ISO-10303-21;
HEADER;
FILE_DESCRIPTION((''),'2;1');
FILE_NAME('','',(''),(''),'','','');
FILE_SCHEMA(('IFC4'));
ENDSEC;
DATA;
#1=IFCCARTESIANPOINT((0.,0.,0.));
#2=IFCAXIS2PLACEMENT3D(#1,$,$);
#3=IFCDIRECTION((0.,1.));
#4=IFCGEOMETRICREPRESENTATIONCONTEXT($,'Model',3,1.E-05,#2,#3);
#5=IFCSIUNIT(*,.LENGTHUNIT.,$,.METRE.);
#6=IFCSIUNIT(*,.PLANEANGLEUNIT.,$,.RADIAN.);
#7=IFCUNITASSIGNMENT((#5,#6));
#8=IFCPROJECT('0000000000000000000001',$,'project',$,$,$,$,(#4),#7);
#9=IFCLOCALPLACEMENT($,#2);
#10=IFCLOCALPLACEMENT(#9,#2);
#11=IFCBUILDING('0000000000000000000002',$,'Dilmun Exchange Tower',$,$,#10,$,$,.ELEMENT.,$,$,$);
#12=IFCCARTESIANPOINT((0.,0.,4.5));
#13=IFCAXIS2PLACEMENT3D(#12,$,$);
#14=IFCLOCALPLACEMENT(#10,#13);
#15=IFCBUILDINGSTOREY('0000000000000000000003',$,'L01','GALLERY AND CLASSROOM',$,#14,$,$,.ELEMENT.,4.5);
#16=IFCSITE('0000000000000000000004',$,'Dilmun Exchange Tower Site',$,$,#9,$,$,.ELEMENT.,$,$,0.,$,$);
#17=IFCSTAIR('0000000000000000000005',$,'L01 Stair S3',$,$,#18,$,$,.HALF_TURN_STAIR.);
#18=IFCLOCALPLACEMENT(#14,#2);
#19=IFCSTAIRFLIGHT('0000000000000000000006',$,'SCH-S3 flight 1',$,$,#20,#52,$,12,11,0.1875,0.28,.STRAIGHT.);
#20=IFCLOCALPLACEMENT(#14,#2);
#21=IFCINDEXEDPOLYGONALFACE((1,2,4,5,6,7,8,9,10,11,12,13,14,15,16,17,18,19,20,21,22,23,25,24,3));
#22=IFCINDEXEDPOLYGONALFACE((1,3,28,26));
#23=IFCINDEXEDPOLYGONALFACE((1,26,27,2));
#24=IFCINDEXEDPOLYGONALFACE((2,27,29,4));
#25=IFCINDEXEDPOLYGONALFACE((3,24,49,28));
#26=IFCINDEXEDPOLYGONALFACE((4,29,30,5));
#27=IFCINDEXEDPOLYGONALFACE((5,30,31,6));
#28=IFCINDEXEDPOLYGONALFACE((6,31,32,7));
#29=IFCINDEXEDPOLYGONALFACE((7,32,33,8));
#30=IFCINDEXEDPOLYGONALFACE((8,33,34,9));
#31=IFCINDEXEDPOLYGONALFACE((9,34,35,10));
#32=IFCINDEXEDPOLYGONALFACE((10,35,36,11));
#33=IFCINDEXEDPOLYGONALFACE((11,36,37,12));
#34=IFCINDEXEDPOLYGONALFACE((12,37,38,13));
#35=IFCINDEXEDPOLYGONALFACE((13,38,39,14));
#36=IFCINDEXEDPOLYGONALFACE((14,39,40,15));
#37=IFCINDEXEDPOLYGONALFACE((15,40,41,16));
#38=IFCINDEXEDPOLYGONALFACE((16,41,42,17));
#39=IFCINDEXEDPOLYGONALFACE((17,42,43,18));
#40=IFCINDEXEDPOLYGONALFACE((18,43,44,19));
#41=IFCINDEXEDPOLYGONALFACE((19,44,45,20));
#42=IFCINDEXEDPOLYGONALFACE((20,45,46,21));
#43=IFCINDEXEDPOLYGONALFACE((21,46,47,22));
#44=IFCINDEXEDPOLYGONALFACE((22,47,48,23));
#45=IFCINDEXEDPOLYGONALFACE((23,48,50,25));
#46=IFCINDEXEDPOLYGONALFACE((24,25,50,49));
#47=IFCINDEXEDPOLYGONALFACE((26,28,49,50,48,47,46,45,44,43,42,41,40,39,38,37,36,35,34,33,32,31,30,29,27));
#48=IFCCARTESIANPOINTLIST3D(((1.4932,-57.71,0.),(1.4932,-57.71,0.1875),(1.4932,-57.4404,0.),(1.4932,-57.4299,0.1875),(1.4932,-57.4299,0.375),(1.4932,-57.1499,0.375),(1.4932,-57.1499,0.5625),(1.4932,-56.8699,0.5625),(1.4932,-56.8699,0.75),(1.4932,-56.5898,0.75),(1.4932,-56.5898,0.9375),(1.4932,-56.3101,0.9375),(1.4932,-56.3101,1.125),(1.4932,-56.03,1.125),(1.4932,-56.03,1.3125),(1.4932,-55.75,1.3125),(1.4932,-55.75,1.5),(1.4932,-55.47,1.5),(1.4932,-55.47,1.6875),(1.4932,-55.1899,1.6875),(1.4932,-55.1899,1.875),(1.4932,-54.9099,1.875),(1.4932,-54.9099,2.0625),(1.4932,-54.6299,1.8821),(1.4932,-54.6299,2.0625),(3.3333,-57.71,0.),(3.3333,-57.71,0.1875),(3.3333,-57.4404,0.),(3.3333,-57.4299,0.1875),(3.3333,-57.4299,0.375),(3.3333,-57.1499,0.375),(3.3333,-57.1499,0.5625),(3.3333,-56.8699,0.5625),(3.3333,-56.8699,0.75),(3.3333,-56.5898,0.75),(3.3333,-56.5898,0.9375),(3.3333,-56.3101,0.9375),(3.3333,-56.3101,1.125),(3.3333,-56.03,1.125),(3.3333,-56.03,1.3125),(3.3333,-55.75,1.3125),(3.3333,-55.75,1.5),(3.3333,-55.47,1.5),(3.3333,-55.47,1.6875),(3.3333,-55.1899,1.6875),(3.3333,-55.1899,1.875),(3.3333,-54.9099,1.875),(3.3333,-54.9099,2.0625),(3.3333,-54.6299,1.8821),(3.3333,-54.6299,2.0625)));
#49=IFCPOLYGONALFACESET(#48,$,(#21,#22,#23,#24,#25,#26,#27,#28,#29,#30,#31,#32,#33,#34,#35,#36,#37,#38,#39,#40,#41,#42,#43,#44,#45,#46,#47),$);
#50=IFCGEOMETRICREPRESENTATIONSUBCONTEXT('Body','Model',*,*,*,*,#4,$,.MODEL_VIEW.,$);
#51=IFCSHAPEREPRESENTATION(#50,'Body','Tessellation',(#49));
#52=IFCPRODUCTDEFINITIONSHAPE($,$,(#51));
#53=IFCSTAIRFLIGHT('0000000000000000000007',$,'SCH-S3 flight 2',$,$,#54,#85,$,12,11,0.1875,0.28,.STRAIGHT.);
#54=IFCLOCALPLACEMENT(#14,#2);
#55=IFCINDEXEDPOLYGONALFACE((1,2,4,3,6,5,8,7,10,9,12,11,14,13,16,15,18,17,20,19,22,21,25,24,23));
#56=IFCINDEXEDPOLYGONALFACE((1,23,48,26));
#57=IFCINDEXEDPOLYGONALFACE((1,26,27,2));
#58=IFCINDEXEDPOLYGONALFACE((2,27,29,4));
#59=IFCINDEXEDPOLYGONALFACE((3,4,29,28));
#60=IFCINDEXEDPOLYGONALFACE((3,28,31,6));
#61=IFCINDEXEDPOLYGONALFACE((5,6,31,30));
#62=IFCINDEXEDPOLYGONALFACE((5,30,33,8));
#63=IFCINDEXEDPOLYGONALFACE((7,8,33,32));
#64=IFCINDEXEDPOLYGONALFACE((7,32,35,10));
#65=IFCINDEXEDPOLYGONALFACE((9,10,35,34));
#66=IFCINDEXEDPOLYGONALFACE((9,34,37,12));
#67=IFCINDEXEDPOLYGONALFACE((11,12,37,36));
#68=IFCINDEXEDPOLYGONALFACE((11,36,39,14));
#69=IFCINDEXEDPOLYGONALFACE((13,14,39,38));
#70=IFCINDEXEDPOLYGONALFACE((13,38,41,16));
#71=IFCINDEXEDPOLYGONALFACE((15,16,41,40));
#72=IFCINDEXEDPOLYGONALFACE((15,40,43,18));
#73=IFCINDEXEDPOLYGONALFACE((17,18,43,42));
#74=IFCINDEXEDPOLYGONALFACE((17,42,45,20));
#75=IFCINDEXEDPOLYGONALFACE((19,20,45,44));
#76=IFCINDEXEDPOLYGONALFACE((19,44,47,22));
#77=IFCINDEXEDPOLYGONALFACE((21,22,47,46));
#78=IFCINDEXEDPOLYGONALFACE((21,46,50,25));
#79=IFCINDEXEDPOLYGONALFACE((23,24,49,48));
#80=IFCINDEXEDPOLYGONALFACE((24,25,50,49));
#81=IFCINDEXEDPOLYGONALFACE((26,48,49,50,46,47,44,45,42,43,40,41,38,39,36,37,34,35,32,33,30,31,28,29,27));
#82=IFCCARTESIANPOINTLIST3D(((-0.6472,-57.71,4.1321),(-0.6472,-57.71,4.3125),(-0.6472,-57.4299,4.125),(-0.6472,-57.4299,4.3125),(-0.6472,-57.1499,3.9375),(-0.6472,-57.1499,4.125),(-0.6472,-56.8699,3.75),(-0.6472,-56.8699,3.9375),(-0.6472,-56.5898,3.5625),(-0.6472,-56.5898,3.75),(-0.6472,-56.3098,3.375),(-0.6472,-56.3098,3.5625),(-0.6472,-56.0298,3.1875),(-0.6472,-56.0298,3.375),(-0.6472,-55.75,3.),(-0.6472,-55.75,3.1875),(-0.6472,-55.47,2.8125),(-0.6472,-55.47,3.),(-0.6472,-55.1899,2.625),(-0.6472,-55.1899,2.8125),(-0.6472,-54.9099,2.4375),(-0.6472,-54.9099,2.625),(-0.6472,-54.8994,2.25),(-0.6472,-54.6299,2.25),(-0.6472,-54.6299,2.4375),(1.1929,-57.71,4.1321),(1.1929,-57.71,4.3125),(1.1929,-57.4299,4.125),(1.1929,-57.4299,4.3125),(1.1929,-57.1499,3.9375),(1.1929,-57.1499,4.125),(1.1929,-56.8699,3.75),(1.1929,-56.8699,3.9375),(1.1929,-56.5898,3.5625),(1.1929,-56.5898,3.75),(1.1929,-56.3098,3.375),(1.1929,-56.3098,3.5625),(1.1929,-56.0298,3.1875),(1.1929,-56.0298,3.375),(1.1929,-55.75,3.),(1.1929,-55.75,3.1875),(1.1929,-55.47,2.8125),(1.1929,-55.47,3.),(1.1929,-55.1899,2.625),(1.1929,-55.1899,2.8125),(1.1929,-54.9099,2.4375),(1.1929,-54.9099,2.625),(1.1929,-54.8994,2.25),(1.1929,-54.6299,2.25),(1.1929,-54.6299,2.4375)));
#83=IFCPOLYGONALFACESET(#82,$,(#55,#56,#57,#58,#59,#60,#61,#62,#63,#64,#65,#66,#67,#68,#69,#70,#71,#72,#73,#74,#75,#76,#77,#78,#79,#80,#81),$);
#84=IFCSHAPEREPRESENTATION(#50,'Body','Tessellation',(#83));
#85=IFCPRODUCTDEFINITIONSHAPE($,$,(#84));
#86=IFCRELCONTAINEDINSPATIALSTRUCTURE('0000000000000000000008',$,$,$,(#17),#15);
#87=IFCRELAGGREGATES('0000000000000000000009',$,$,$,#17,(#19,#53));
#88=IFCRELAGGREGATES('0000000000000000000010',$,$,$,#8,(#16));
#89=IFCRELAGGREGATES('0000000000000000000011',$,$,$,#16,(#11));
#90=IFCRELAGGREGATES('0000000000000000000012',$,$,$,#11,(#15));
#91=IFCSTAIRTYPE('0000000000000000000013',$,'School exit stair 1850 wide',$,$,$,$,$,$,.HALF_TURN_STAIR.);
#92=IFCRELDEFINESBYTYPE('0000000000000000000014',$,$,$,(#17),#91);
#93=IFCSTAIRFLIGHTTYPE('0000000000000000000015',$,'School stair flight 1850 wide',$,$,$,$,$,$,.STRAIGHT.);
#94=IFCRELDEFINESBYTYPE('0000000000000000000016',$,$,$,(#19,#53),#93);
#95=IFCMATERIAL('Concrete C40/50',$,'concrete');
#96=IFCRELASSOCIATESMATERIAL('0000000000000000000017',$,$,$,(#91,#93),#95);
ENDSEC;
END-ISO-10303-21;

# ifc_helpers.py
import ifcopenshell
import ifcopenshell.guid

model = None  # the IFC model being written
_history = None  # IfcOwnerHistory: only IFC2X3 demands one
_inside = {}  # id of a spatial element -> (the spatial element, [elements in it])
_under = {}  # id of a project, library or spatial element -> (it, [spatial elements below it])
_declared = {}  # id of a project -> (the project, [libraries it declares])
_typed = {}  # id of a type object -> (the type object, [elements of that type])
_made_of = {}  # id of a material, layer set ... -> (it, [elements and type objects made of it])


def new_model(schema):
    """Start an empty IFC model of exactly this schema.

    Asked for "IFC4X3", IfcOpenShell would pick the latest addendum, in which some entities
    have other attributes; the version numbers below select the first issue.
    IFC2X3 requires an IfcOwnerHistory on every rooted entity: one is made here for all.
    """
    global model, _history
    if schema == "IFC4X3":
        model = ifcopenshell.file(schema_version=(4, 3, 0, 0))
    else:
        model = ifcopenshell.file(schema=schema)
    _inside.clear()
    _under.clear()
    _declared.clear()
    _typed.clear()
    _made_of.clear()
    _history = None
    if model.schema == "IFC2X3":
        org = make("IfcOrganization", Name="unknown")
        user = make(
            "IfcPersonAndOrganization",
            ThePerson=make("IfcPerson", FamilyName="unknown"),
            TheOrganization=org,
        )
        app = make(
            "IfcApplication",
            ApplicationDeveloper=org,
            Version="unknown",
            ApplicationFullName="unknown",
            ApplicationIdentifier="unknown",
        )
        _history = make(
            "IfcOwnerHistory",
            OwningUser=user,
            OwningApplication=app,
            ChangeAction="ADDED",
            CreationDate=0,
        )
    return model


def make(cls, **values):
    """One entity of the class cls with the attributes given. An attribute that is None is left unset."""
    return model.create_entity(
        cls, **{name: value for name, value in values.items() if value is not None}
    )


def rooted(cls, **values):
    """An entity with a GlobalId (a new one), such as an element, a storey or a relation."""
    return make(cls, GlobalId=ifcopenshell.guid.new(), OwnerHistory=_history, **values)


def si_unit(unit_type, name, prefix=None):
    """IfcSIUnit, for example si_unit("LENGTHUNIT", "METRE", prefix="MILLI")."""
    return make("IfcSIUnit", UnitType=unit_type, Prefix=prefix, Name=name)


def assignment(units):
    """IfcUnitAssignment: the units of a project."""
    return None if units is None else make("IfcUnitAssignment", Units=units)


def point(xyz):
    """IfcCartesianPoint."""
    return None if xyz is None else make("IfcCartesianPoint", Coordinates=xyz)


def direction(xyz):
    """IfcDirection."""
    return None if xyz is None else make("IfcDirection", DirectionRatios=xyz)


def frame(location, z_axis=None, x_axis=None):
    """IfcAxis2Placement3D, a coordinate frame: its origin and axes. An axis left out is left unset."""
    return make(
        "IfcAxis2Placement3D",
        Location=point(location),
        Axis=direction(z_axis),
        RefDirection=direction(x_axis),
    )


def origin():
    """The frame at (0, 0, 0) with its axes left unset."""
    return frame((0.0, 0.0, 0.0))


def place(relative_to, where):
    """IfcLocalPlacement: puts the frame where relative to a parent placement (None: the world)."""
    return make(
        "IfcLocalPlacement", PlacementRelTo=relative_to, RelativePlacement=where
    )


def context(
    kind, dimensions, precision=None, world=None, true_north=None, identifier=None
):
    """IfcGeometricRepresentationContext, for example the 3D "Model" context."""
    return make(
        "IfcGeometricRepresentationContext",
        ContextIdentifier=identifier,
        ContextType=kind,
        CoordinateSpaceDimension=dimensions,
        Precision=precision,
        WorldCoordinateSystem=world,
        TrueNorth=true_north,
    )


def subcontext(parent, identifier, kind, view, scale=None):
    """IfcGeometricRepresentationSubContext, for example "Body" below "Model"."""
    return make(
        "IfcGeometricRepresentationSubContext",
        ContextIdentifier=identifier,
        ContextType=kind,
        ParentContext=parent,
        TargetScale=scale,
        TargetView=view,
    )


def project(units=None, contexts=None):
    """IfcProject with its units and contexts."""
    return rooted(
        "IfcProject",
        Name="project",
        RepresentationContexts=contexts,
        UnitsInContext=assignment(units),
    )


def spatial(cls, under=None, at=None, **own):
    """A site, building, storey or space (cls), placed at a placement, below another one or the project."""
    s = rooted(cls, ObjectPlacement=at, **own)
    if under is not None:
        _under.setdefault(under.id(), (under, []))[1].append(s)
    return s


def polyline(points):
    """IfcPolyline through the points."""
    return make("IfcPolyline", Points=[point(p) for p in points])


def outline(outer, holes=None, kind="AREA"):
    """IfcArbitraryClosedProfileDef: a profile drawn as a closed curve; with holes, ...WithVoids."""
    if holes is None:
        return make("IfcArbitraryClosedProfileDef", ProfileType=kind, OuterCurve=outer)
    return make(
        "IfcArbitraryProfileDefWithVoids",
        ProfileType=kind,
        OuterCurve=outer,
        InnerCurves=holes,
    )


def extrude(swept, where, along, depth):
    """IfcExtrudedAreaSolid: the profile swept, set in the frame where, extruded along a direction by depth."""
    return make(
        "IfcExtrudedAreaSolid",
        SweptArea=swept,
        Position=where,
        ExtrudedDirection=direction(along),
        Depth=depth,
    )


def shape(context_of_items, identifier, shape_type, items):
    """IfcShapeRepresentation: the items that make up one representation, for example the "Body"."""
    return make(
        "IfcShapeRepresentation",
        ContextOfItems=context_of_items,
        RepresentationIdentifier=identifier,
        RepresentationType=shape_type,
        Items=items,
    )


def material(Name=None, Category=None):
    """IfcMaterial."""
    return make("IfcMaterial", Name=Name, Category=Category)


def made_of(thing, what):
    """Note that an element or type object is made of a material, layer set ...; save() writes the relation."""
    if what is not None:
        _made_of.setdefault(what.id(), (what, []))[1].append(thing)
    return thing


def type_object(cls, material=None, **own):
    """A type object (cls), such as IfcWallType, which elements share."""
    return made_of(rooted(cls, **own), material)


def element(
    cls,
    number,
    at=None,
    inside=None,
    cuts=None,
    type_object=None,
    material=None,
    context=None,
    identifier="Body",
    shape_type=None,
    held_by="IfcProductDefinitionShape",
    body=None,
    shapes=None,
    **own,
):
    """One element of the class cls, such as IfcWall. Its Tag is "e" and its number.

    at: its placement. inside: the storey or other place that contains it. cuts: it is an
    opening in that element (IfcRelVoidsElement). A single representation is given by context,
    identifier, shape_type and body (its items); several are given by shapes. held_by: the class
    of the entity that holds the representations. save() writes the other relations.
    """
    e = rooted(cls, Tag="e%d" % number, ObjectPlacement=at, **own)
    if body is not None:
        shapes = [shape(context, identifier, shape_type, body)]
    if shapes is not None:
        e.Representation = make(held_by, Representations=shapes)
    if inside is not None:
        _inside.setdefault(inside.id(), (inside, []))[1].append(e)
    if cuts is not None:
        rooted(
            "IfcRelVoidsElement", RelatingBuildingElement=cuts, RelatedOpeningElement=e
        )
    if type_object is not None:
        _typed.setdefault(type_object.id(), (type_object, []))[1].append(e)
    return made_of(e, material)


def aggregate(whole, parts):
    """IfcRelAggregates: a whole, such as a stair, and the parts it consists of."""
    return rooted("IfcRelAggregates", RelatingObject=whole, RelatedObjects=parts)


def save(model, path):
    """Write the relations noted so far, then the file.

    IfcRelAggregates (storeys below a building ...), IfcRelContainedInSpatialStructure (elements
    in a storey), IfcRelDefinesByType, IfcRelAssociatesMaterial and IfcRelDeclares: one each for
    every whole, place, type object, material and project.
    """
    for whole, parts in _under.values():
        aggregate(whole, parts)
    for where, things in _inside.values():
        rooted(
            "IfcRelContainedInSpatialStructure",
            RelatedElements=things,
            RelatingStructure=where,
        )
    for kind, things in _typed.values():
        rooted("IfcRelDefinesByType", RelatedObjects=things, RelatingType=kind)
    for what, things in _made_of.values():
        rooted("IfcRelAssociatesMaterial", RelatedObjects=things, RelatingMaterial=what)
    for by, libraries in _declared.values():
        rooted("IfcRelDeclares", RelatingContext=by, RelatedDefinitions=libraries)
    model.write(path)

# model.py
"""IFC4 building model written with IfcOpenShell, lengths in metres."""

from ifc_helpers import new_model, si_unit, direction, frame, origin, place, context, subcontext, project, spatial, polyline, outline, extrude, material, type_object, element, aggregate, save


model = new_model("IFC4")

# Units and contexts
model_context = context("Model", 3, precision=1e-05, world=origin(), true_north=direction((0.0, 1.0)))
body_context = subcontext(model_context, "Body", "Model", "MODEL_VIEW")
ifc_project = project(units=[si_unit("LENGTHUNIT", "METRE"), si_unit("PLANEANGLEUNIT", "RADIAN")], contexts=[model_context])

# Site, building, storey
site_placement = place(None, origin())
site = spatial("IfcSite", under=ifc_project, at=site_placement, Name="Dilmun Exchange Tower Site", CompositionType="ELEMENT", RefElevation=0.0)
building_placement = place(site_placement, origin())
building = spatial("IfcBuilding", under=site, at=building_placement, Name="Dilmun Exchange Tower", CompositionType="ELEMENT")
storey_placement = place(building_placement, frame((0.0, 0.0, 4.5)))
storey = spatial("IfcBuildingStorey", under=building, at=storey_placement, Name="L01", Description="GALLERY AND CLASSROOM", CompositionType="ELEMENT", Elevation=4.5)

# Shared definitions
ifc_material_1 = material(Name="Concrete C40/50", Category="concrete")

# Stair, stair flights
stair_type = type_object("IfcStairType", Name="School exit stair 1850 wide", PredefinedType="HALF_TURN_STAIR", material=ifc_material_1)
stair_placement = place(storey_placement, origin())
stair = element("IfcStair", 1, at=stair_placement, inside=storey, type_object=stair_type, Name="L01 Stair S3", PredefinedType="HALF_TURN_STAIR")
stair_flight_type = type_object("IfcStairFlightType", Name="School stair flight 1850 wide", PredefinedType="STRAIGHT", material=ifc_material_1)
stair_flight_1_placement = place(storey_placement, frame((2.4131, -57.71, 0.0), z_axis=(0.0, 0.0, 1.0), x_axis=(0.0, 1.0, 0.0)))
stair_flight_1 = element("IfcStairFlight", 2, at=stair_flight_1_placement, type_object=stair_flight_type, Name="SCH-S3 flight 1", NumberOfRisers=12, NumberOfTreads=11, PredefinedType="STRAIGHT", RiserHeight=0.1875, TreadLength=0.28, context=body_context, shape_type="SweptSolid", body=[
    extrude(outline(polyline([(0.0, 0.0), (0.0, 0.1875), (0.28, 0.1875), (0.28, 0.375), (0.5601, 0.375), (0.5601, 0.5625), (0.8401, 0.5625), (0.8401, 0.75), (1.1201, 0.75), (1.1201, 0.9375), (1.3999, 0.9375), (1.3999, 1.125), (1.6799, 1.125), (1.6799, 1.3125), (1.96, 1.3125), (1.96, 1.5), (2.24, 1.5), (2.24, 1.6875), (2.52, 1.6875), (2.52, 1.875), (2.8, 1.875), (2.8, 2.0625), (3.0801, 2.0625), (3.0801, 2.25), (3.0801, 1.8821), (0.2695, 0.0), (0.0, 0.0)])), frame((0.0, 0.9199, 0.0), z_axis=(0.0, -1.0, 0.0), x_axis=(1.0, 0.0, 0.0)), (0.0, 0.0, 1.0), 1.8401),
])
stair_flight_2_placement = place(storey_placement, frame((0.2729, -54.6299, 2.25), z_axis=(0.0, 0.0, 1.0), x_axis=(0.0, -1.0, 0.0)))
stair_flight_2 = element("IfcStairFlight", 3, at=stair_flight_2_placement, type_object=stair_flight_type, Name="SCH-S3 flight 2", NumberOfRisers=12, NumberOfTreads=11, PredefinedType="STRAIGHT", RiserHeight=0.1875, TreadLength=0.28, context=body_context, shape_type="SweptSolid", body=[
    extrude(outline(polyline([(0.0, 0.0), (0.0, 0.1875), (0.28, 0.1875), (0.28, 0.375), (0.5601, 0.375), (0.5601, 0.5625), (0.8401, 0.5625), (0.8401, 0.75), (1.1201, 0.75), (1.1201, 0.9375), (1.3999, 0.9375), (1.3999, 1.125), (1.6799, 1.125), (1.6799, 1.3125), (1.96, 1.3125), (1.96, 1.5), (2.24, 1.5), (2.24, 1.6875), (2.52, 1.6875), (2.52, 1.875), (2.8, 1.875), (2.8, 2.0625), (3.0801, 2.0625), (3.0801, 2.25), (3.0801, 1.8821), (0.2695, 0.0), (0.0, 0.0)])), frame((0.0, 0.9199, 0.0), z_axis=(0.0, -1.0, 0.0), x_axis=(1.0, 0.0, 0.0)), (0.0, 0.0, 1.0), 1.8401),
])
aggregate(stair, [stair_flight_1, stair_flight_2])

save(model, "model.ifc")
